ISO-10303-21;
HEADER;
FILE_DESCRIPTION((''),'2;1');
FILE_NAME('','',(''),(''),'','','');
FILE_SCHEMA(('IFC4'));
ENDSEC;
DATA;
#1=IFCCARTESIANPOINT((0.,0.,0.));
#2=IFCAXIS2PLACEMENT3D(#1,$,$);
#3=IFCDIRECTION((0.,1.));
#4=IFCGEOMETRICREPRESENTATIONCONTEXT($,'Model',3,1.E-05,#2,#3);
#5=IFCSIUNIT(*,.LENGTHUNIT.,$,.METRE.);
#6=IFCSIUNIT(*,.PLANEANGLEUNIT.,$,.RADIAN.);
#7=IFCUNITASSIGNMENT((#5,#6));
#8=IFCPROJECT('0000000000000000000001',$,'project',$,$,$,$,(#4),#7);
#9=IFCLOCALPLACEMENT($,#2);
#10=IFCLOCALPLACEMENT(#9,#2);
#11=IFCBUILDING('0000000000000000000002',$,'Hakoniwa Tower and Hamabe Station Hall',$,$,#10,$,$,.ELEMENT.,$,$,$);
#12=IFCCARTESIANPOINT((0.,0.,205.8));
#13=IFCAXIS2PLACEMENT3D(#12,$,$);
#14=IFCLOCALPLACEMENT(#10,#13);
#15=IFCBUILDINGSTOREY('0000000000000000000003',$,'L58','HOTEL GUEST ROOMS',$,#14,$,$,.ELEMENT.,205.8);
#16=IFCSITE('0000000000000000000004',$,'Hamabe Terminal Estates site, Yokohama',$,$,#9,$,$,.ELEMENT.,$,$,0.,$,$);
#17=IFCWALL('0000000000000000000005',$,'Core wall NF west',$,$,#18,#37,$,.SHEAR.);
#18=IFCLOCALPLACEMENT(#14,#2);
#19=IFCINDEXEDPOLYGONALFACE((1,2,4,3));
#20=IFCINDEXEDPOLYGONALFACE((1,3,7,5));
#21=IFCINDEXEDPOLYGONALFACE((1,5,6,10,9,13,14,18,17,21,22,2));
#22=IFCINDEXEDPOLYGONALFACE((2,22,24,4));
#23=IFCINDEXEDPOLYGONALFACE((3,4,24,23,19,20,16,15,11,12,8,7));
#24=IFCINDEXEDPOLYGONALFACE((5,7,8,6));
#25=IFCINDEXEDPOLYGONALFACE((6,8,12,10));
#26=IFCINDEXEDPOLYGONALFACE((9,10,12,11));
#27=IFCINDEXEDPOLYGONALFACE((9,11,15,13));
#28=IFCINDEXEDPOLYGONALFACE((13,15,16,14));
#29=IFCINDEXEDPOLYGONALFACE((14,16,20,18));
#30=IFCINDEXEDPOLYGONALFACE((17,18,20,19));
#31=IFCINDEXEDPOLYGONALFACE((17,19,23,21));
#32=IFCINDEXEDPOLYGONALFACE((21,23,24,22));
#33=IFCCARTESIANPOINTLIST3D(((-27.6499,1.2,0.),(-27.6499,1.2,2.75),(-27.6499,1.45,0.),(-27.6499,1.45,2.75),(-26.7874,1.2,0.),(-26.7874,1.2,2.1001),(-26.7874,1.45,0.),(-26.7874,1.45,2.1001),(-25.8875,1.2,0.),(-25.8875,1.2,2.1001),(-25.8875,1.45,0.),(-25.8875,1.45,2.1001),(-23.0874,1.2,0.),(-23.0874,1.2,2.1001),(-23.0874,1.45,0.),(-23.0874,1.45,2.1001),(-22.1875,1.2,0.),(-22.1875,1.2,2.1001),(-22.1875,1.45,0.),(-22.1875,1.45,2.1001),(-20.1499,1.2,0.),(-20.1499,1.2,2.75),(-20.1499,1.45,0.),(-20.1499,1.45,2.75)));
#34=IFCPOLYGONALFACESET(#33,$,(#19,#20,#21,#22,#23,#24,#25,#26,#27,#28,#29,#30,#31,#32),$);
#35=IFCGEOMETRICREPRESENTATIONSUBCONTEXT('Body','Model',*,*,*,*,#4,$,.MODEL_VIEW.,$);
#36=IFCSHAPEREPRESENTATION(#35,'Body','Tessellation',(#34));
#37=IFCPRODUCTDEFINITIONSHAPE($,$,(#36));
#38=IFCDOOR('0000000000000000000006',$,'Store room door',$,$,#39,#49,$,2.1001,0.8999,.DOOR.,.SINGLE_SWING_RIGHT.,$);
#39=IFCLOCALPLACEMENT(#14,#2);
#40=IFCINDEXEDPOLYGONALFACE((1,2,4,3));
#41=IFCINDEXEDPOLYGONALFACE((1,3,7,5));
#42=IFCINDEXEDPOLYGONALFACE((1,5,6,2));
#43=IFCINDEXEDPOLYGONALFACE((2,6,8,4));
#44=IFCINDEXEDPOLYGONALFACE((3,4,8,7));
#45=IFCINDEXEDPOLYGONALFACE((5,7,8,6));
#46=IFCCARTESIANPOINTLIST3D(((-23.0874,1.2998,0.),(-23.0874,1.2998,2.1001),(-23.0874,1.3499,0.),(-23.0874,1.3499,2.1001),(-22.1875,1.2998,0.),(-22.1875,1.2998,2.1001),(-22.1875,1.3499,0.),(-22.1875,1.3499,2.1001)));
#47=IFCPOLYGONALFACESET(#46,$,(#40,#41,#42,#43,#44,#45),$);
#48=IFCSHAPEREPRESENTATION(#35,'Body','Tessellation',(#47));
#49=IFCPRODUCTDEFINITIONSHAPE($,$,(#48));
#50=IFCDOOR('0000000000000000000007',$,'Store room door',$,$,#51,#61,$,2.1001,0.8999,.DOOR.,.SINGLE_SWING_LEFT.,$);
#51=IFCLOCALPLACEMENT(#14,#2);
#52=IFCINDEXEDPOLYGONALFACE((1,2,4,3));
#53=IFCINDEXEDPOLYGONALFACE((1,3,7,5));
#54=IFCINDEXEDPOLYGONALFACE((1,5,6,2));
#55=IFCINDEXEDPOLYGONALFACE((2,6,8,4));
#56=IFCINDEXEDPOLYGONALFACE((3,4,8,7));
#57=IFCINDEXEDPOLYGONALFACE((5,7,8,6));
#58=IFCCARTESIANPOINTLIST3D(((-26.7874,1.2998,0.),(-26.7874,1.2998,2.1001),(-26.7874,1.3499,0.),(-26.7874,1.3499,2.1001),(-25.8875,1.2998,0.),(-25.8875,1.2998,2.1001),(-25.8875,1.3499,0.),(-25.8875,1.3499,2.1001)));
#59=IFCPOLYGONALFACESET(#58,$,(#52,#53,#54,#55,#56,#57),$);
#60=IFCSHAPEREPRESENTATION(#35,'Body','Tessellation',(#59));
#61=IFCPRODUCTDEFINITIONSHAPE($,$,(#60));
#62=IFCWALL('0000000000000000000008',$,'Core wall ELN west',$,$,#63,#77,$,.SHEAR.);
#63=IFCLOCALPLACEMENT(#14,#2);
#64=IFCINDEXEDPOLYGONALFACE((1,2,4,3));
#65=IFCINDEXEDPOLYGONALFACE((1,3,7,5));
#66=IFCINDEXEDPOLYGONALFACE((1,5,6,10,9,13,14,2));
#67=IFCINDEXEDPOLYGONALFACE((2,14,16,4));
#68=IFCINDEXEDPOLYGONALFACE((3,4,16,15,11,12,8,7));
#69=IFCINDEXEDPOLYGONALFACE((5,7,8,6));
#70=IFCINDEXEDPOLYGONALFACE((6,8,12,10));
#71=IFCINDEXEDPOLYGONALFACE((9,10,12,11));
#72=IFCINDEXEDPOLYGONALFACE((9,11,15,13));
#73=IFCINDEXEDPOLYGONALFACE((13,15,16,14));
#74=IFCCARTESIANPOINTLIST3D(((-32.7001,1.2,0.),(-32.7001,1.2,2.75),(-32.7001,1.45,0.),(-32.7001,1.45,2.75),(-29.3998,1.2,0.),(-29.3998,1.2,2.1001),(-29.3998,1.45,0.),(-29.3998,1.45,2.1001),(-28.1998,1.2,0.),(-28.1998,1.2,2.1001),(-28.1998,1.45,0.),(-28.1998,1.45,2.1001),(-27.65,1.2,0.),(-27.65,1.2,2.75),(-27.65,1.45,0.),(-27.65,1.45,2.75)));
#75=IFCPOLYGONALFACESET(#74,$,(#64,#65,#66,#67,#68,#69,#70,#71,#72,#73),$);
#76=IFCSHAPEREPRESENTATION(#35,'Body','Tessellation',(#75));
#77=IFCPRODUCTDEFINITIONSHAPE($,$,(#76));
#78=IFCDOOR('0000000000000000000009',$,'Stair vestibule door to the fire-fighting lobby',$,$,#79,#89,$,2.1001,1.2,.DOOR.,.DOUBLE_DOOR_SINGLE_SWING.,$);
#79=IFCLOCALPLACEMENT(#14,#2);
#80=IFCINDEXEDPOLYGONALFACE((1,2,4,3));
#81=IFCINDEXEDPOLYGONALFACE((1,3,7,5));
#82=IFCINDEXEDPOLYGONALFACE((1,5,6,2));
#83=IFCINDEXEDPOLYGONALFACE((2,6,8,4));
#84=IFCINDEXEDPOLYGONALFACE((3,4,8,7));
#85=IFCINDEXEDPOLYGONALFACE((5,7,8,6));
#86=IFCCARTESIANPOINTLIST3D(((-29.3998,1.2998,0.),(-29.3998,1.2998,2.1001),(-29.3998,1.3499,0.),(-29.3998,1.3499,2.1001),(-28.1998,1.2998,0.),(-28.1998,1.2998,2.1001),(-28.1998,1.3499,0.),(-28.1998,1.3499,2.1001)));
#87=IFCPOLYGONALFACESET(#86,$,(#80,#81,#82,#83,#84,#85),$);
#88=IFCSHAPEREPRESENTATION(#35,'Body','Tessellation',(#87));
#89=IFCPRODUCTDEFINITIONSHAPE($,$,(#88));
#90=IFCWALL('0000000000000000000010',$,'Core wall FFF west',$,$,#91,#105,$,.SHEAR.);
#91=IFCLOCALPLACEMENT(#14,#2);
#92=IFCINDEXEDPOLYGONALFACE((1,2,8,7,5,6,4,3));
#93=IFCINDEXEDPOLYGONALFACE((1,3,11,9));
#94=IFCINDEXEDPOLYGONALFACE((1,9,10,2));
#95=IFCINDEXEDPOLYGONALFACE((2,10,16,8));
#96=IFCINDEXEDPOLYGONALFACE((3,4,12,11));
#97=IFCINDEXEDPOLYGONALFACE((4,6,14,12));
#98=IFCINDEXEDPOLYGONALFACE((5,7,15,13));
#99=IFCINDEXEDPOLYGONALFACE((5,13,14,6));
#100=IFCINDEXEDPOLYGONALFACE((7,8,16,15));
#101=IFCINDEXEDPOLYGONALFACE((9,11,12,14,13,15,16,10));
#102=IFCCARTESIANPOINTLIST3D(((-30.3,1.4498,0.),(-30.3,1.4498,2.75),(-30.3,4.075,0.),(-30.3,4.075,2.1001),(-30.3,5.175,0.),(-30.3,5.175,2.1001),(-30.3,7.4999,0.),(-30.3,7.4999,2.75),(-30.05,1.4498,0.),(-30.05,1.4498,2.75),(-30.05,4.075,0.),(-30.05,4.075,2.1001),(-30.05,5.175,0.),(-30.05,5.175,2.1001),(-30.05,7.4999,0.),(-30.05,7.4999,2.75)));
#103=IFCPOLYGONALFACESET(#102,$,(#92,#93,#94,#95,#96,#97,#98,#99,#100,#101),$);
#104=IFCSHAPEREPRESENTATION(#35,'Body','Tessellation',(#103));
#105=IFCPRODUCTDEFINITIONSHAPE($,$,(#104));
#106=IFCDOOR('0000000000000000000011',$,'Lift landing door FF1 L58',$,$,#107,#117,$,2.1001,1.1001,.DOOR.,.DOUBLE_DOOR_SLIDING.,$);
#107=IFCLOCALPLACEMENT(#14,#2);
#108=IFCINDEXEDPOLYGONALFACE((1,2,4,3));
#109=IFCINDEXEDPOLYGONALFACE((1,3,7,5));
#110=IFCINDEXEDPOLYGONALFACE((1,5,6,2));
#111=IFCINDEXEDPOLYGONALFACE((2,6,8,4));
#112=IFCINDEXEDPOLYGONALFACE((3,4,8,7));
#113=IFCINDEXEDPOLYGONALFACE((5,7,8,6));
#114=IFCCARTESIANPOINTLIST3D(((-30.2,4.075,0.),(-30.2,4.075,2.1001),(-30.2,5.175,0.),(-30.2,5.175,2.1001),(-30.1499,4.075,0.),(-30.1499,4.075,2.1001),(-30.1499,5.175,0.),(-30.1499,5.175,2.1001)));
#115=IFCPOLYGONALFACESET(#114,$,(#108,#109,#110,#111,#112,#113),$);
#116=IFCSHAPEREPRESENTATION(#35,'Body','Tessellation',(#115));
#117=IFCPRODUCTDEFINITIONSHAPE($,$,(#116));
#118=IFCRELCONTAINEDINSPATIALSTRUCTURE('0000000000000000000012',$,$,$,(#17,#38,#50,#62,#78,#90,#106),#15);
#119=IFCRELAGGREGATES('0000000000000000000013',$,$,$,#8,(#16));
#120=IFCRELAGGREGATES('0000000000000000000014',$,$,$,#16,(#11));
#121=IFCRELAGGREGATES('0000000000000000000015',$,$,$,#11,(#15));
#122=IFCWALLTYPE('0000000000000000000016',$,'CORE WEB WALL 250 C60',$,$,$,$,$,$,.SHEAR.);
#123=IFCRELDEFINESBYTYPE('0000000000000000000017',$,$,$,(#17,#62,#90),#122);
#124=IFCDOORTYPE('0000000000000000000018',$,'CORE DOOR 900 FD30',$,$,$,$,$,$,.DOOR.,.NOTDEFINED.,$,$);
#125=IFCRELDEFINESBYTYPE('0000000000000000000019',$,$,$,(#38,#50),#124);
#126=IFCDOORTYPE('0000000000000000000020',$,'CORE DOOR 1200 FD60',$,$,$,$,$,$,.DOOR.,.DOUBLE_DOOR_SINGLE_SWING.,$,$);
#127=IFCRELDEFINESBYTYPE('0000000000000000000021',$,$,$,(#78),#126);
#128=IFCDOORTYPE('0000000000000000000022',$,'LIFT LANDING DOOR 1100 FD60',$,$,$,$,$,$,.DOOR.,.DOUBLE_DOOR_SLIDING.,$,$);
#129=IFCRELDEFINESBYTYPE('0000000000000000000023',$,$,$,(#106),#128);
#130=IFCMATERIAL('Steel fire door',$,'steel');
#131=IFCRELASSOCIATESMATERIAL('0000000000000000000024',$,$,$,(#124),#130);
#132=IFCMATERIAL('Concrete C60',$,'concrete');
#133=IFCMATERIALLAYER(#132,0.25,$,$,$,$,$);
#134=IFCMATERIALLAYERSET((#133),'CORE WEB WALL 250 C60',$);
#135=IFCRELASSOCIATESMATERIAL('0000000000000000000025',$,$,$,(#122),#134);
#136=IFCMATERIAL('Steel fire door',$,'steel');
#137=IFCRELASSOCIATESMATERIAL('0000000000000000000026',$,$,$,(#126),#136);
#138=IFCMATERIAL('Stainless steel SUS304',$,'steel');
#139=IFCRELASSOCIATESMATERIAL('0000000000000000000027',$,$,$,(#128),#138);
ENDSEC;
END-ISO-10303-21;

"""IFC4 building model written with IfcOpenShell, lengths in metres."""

from ifc_helpers import new_model, si_unit, direction, frame, frame_2d, origin, place, context, subcontext, project, spatial, rectangle, extrude, material, layer, layer_set, type_object, element, fill, save


model = new_model("IFC4")

# Units and contexts
model_context = context("Model", 3, precision=1e-05, world=origin(), true_north=direction((0.0, 1.0)))
body_context = subcontext(model_context, "Body", "Model", "MODEL_VIEW")
ifc_project = project(units=[si_unit("LENGTHUNIT", "METRE"), si_unit("PLANEANGLEUNIT", "RADIAN")], contexts=[model_context])

# Site, building, storey
site_placement = place(None, origin())
site = spatial("IfcSite", under=ifc_project, at=site_placement, Name="Hamabe Terminal Estates site, Yokohama", CompositionType="ELEMENT", RefElevation=0.0)
building_placement = place(site_placement, origin())
building = spatial("IfcBuilding", under=site, at=building_placement, Name="Hakoniwa Tower and Hamabe Station Hall", CompositionType="ELEMENT")
storey_placement = place(building_placement, frame((0.0, 0.0, 205.8)))
storey = spatial("IfcBuildingStorey", under=building, at=storey_placement, Name="L58", Description="HOTEL GUEST ROOMS", CompositionType="ELEMENT", Elevation=205.8)

# Shared definitions
ifc_material_1 = material(Name="Steel fire door", Category="steel")
door_type_1 = type_object("IfcDoorType", Name="CORE DOOR 900 FD30", OperationType="NOTDEFINED", PredefinedType="DOOR", material=ifc_material_1)

# Wall, openings, doors
ifc_material_2 = material(Name="Concrete C60", Category="concrete")
ifc_layer_1 = layer(ifc_material_2, 0.25)
ifc_layer_set_1 = layer_set([ifc_layer_1], Name="CORE WEB WALL 250 C60")
wall_type_1 = type_object("IfcWallType", Name="CORE WEB WALL 250 C60", PredefinedType="SHEAR", material=ifc_layer_set_1)
wall_1_placement = place(storey_placement, frame((-27.6499, 1.325, 0.0), z_axis=(0.0, 0.0, 1.0), x_axis=(1.0, 0.0, 0.0)))
wall_1 = element("IfcWall", 1, at=wall_1_placement, inside=storey, type_object=wall_type_1, Name="Core wall NF west", PredefinedType="SHEAR", context=body_context, shape_type="SweptSolid", body=[
    extrude(rectangle(XDim=7.5, YDim=0.25, at=frame_2d((3.75, 0.0))), origin(), (0.0, 0.0, 1.0), 2.75),
])
opening_1_placement = place(wall_1_placement, frame((4.5625, 0.0, 0.0)))
opening_1 = element("IfcOpeningElement", 2, at=opening_1_placement, cuts=wall_1, PredefinedType="OPENING", context=body_context, shape_type="SweptSolid", body=[
    extrude(rectangle(XDim=0.8999, YDim=2.1001, at=frame_2d((0.45, 1.05))), frame((0.0, 0.135, 0.0), z_axis=(0.0, -1.0, 0.0), x_axis=(1.0, 0.0, 0.0)), (0.0, 0.0, 1.0), 0.27),
])
opening_2_placement = place(wall_1_placement, frame((0.8625, 0.0, 0.0)))
opening_2 = element("IfcOpeningElement", 3, at=opening_2_placement, cuts=wall_1, PredefinedType="OPENING", context=body_context, shape_type="SweptSolid", body=[
    extrude(rectangle(XDim=0.8999, YDim=2.1001, at=frame_2d((0.45, 1.05))), frame((0.0, 0.135, 0.0), z_axis=(0.0, -1.0, 0.0), x_axis=(1.0, 0.0, 0.0)), (0.0, 0.0, 1.0), 0.27),
])
door_1_placement = place(opening_1_placement, origin())
door_1 = element("IfcDoor", 4, at=door_1_placement, inside=storey, type_object=door_type_1, Name="Store room door", OperationType="SINGLE_SWING_RIGHT", OverallHeight=2.1001, OverallWidth=0.8999, PredefinedType="DOOR", context=body_context, shape_type="SweptSolid", body=[
    extrude(rectangle(XDim=0.8999, YDim=2.1001, at=frame_2d((0.45, 1.05))), frame((0.0, 0.0249, 0.0), z_axis=(0.0, -1.0, 0.0), x_axis=(1.0, 0.0, 0.0)), (0.0, 0.0, 1.0), 0.05),
])
fill(opening_1, door_1)
door_2_placement = place(opening_2_placement, origin())
door_2 = element("IfcDoor", 5, at=door_2_placement, inside=storey, type_object=door_type_1, Name="Store room door", OperationType="SINGLE_SWING_LEFT", OverallHeight=2.1001, OverallWidth=0.8999, PredefinedType="DOOR", context=body_context, shape_type="SweptSolid", body=[
    extrude(rectangle(XDim=0.8999, YDim=2.1001, at=frame_2d((0.45, 1.05))), frame((0.0, 0.0249, 0.0), z_axis=(0.0, -1.0, 0.0), x_axis=(1.0, 0.0, 0.0)), (0.0, 0.0, 1.0), 0.05),
])
fill(opening_2, door_2)

# Walls, openings, doors
wall_2_placement = place(storey_placement, frame((-32.7, 1.325, 0.0), z_axis=(0.0, 0.0, 1.0), x_axis=(1.0, 0.0, 0.0)))
wall_2 = element("IfcWall", 6, at=wall_2_placement, inside=storey, type_object=wall_type_1, Name="Core wall ELN west", PredefinedType="SHEAR", context=body_context, shape_type="SweptSolid", body=[
    extrude(rectangle(XDim=5.05, YDim=0.25, at=frame_2d((2.5249, 0.0))), origin(), (0.0, 0.0, 1.0), 2.75),
])
opening_3_placement = place(wall_2_placement, frame((3.3, 0.0, 0.0)))
opening_3 = element("IfcOpeningElement", 7, at=opening_3_placement, cuts=wall_2, PredefinedType="OPENING", context=body_context, shape_type="SweptSolid", body=[
    extrude(rectangle(XDim=1.2, YDim=2.1001, at=frame_2d((0.6001, 1.05))), frame((0.0, 0.135, 0.0), z_axis=(0.0, -1.0, 0.0), x_axis=(1.0, 0.0, 0.0)), (0.0, 0.0, 1.0), 0.27),
])
ifc_material_3 = material(Name="Steel fire door", Category="steel")
door_type_2 = type_object("IfcDoorType", Name="CORE DOOR 1200 FD60", OperationType="DOUBLE_DOOR_SINGLE_SWING", PredefinedType="DOOR", material=ifc_material_3)
door_3_placement = place(opening_3_placement, origin())
door_3 = element("IfcDoor", 8, at=door_3_placement, inside=storey, type_object=door_type_2, Name="Stair vestibule door to the fire-fighting lobby", OperationType="DOUBLE_DOOR_SINGLE_SWING", OverallHeight=2.1001, OverallWidth=1.2, PredefinedType="DOOR", context=body_context, shape_type="SweptSolid", body=[
    extrude(rectangle(XDim=1.2, YDim=2.1001, at=frame_2d((0.6001, 1.05))), frame((0.0, 0.0249, 0.0), z_axis=(0.0, -1.0, 0.0), x_axis=(1.0, 0.0, 0.0)), (0.0, 0.0, 1.0), 0.05),
])
fill(opening_3, door_3)
wall_3_placement = place(storey_placement, frame((-30.175, 1.45, 0.0), z_axis=(0.0, 0.0, 1.0), x_axis=(0.0, 1.0, 0.0)))
wall_3 = element("IfcWall", 9, at=wall_3_placement, inside=storey, type_object=wall_type_1, Name="Core wall FFF west", PredefinedType="SHEAR", context=body_context, shape_type="SweptSolid", body=[
    extrude(rectangle(XDim=6.05, YDim=0.25, at=frame_2d((3.0249, 0.0))), origin(), (0.0, 0.0, 1.0), 2.75),
])
opening_4_placement = place(wall_3_placement, frame((2.625, 0.0, 0.0)))
opening_4 = element("IfcOpeningElement", 10, at=opening_4_placement, cuts=wall_3, PredefinedType="OPENING", context=body_context, shape_type="SweptSolid", body=[
    extrude(rectangle(XDim=1.1001, YDim=2.1001, at=frame_2d((0.55, 1.05))), frame((0.0, 0.135, 0.0), z_axis=(0.0, -1.0, 0.0), x_axis=(1.0, 0.0, 0.0)), (0.0, 0.0, 1.0), 0.27),
])
ifc_material_4 = material(Name="Stainless steel SUS304", Category="steel")
door_type_3 = type_object("IfcDoorType", Name="LIFT LANDING DOOR 1100 FD60", OperationType="DOUBLE_DOOR_SLIDING", PredefinedType="DOOR", material=ifc_material_4)
door_4_placement = place(opening_4_placement, origin())
door_4 = element("IfcDoor", 11, at=door_4_placement, inside=storey, type_object=door_type_3, Name="Lift landing door FF1 L58", OperationType="DOUBLE_DOOR_SLIDING", OverallHeight=2.1001, OverallWidth=1.1001, PredefinedType="DOOR", context=body_context, shape_type="SweptSolid", body=[
    extrude(rectangle(XDim=1.1001, YDim=2.1001, at=frame_2d((0.55, 1.05))), frame((0.0, 0.0249, 0.0), z_axis=(0.0, -1.0, 0.0), x_axis=(1.0, 0.0, 0.0)), (0.0, 0.0, 1.0), 0.05),
])
fill(opening_4, door_4)

save(model, "model.ifc")
